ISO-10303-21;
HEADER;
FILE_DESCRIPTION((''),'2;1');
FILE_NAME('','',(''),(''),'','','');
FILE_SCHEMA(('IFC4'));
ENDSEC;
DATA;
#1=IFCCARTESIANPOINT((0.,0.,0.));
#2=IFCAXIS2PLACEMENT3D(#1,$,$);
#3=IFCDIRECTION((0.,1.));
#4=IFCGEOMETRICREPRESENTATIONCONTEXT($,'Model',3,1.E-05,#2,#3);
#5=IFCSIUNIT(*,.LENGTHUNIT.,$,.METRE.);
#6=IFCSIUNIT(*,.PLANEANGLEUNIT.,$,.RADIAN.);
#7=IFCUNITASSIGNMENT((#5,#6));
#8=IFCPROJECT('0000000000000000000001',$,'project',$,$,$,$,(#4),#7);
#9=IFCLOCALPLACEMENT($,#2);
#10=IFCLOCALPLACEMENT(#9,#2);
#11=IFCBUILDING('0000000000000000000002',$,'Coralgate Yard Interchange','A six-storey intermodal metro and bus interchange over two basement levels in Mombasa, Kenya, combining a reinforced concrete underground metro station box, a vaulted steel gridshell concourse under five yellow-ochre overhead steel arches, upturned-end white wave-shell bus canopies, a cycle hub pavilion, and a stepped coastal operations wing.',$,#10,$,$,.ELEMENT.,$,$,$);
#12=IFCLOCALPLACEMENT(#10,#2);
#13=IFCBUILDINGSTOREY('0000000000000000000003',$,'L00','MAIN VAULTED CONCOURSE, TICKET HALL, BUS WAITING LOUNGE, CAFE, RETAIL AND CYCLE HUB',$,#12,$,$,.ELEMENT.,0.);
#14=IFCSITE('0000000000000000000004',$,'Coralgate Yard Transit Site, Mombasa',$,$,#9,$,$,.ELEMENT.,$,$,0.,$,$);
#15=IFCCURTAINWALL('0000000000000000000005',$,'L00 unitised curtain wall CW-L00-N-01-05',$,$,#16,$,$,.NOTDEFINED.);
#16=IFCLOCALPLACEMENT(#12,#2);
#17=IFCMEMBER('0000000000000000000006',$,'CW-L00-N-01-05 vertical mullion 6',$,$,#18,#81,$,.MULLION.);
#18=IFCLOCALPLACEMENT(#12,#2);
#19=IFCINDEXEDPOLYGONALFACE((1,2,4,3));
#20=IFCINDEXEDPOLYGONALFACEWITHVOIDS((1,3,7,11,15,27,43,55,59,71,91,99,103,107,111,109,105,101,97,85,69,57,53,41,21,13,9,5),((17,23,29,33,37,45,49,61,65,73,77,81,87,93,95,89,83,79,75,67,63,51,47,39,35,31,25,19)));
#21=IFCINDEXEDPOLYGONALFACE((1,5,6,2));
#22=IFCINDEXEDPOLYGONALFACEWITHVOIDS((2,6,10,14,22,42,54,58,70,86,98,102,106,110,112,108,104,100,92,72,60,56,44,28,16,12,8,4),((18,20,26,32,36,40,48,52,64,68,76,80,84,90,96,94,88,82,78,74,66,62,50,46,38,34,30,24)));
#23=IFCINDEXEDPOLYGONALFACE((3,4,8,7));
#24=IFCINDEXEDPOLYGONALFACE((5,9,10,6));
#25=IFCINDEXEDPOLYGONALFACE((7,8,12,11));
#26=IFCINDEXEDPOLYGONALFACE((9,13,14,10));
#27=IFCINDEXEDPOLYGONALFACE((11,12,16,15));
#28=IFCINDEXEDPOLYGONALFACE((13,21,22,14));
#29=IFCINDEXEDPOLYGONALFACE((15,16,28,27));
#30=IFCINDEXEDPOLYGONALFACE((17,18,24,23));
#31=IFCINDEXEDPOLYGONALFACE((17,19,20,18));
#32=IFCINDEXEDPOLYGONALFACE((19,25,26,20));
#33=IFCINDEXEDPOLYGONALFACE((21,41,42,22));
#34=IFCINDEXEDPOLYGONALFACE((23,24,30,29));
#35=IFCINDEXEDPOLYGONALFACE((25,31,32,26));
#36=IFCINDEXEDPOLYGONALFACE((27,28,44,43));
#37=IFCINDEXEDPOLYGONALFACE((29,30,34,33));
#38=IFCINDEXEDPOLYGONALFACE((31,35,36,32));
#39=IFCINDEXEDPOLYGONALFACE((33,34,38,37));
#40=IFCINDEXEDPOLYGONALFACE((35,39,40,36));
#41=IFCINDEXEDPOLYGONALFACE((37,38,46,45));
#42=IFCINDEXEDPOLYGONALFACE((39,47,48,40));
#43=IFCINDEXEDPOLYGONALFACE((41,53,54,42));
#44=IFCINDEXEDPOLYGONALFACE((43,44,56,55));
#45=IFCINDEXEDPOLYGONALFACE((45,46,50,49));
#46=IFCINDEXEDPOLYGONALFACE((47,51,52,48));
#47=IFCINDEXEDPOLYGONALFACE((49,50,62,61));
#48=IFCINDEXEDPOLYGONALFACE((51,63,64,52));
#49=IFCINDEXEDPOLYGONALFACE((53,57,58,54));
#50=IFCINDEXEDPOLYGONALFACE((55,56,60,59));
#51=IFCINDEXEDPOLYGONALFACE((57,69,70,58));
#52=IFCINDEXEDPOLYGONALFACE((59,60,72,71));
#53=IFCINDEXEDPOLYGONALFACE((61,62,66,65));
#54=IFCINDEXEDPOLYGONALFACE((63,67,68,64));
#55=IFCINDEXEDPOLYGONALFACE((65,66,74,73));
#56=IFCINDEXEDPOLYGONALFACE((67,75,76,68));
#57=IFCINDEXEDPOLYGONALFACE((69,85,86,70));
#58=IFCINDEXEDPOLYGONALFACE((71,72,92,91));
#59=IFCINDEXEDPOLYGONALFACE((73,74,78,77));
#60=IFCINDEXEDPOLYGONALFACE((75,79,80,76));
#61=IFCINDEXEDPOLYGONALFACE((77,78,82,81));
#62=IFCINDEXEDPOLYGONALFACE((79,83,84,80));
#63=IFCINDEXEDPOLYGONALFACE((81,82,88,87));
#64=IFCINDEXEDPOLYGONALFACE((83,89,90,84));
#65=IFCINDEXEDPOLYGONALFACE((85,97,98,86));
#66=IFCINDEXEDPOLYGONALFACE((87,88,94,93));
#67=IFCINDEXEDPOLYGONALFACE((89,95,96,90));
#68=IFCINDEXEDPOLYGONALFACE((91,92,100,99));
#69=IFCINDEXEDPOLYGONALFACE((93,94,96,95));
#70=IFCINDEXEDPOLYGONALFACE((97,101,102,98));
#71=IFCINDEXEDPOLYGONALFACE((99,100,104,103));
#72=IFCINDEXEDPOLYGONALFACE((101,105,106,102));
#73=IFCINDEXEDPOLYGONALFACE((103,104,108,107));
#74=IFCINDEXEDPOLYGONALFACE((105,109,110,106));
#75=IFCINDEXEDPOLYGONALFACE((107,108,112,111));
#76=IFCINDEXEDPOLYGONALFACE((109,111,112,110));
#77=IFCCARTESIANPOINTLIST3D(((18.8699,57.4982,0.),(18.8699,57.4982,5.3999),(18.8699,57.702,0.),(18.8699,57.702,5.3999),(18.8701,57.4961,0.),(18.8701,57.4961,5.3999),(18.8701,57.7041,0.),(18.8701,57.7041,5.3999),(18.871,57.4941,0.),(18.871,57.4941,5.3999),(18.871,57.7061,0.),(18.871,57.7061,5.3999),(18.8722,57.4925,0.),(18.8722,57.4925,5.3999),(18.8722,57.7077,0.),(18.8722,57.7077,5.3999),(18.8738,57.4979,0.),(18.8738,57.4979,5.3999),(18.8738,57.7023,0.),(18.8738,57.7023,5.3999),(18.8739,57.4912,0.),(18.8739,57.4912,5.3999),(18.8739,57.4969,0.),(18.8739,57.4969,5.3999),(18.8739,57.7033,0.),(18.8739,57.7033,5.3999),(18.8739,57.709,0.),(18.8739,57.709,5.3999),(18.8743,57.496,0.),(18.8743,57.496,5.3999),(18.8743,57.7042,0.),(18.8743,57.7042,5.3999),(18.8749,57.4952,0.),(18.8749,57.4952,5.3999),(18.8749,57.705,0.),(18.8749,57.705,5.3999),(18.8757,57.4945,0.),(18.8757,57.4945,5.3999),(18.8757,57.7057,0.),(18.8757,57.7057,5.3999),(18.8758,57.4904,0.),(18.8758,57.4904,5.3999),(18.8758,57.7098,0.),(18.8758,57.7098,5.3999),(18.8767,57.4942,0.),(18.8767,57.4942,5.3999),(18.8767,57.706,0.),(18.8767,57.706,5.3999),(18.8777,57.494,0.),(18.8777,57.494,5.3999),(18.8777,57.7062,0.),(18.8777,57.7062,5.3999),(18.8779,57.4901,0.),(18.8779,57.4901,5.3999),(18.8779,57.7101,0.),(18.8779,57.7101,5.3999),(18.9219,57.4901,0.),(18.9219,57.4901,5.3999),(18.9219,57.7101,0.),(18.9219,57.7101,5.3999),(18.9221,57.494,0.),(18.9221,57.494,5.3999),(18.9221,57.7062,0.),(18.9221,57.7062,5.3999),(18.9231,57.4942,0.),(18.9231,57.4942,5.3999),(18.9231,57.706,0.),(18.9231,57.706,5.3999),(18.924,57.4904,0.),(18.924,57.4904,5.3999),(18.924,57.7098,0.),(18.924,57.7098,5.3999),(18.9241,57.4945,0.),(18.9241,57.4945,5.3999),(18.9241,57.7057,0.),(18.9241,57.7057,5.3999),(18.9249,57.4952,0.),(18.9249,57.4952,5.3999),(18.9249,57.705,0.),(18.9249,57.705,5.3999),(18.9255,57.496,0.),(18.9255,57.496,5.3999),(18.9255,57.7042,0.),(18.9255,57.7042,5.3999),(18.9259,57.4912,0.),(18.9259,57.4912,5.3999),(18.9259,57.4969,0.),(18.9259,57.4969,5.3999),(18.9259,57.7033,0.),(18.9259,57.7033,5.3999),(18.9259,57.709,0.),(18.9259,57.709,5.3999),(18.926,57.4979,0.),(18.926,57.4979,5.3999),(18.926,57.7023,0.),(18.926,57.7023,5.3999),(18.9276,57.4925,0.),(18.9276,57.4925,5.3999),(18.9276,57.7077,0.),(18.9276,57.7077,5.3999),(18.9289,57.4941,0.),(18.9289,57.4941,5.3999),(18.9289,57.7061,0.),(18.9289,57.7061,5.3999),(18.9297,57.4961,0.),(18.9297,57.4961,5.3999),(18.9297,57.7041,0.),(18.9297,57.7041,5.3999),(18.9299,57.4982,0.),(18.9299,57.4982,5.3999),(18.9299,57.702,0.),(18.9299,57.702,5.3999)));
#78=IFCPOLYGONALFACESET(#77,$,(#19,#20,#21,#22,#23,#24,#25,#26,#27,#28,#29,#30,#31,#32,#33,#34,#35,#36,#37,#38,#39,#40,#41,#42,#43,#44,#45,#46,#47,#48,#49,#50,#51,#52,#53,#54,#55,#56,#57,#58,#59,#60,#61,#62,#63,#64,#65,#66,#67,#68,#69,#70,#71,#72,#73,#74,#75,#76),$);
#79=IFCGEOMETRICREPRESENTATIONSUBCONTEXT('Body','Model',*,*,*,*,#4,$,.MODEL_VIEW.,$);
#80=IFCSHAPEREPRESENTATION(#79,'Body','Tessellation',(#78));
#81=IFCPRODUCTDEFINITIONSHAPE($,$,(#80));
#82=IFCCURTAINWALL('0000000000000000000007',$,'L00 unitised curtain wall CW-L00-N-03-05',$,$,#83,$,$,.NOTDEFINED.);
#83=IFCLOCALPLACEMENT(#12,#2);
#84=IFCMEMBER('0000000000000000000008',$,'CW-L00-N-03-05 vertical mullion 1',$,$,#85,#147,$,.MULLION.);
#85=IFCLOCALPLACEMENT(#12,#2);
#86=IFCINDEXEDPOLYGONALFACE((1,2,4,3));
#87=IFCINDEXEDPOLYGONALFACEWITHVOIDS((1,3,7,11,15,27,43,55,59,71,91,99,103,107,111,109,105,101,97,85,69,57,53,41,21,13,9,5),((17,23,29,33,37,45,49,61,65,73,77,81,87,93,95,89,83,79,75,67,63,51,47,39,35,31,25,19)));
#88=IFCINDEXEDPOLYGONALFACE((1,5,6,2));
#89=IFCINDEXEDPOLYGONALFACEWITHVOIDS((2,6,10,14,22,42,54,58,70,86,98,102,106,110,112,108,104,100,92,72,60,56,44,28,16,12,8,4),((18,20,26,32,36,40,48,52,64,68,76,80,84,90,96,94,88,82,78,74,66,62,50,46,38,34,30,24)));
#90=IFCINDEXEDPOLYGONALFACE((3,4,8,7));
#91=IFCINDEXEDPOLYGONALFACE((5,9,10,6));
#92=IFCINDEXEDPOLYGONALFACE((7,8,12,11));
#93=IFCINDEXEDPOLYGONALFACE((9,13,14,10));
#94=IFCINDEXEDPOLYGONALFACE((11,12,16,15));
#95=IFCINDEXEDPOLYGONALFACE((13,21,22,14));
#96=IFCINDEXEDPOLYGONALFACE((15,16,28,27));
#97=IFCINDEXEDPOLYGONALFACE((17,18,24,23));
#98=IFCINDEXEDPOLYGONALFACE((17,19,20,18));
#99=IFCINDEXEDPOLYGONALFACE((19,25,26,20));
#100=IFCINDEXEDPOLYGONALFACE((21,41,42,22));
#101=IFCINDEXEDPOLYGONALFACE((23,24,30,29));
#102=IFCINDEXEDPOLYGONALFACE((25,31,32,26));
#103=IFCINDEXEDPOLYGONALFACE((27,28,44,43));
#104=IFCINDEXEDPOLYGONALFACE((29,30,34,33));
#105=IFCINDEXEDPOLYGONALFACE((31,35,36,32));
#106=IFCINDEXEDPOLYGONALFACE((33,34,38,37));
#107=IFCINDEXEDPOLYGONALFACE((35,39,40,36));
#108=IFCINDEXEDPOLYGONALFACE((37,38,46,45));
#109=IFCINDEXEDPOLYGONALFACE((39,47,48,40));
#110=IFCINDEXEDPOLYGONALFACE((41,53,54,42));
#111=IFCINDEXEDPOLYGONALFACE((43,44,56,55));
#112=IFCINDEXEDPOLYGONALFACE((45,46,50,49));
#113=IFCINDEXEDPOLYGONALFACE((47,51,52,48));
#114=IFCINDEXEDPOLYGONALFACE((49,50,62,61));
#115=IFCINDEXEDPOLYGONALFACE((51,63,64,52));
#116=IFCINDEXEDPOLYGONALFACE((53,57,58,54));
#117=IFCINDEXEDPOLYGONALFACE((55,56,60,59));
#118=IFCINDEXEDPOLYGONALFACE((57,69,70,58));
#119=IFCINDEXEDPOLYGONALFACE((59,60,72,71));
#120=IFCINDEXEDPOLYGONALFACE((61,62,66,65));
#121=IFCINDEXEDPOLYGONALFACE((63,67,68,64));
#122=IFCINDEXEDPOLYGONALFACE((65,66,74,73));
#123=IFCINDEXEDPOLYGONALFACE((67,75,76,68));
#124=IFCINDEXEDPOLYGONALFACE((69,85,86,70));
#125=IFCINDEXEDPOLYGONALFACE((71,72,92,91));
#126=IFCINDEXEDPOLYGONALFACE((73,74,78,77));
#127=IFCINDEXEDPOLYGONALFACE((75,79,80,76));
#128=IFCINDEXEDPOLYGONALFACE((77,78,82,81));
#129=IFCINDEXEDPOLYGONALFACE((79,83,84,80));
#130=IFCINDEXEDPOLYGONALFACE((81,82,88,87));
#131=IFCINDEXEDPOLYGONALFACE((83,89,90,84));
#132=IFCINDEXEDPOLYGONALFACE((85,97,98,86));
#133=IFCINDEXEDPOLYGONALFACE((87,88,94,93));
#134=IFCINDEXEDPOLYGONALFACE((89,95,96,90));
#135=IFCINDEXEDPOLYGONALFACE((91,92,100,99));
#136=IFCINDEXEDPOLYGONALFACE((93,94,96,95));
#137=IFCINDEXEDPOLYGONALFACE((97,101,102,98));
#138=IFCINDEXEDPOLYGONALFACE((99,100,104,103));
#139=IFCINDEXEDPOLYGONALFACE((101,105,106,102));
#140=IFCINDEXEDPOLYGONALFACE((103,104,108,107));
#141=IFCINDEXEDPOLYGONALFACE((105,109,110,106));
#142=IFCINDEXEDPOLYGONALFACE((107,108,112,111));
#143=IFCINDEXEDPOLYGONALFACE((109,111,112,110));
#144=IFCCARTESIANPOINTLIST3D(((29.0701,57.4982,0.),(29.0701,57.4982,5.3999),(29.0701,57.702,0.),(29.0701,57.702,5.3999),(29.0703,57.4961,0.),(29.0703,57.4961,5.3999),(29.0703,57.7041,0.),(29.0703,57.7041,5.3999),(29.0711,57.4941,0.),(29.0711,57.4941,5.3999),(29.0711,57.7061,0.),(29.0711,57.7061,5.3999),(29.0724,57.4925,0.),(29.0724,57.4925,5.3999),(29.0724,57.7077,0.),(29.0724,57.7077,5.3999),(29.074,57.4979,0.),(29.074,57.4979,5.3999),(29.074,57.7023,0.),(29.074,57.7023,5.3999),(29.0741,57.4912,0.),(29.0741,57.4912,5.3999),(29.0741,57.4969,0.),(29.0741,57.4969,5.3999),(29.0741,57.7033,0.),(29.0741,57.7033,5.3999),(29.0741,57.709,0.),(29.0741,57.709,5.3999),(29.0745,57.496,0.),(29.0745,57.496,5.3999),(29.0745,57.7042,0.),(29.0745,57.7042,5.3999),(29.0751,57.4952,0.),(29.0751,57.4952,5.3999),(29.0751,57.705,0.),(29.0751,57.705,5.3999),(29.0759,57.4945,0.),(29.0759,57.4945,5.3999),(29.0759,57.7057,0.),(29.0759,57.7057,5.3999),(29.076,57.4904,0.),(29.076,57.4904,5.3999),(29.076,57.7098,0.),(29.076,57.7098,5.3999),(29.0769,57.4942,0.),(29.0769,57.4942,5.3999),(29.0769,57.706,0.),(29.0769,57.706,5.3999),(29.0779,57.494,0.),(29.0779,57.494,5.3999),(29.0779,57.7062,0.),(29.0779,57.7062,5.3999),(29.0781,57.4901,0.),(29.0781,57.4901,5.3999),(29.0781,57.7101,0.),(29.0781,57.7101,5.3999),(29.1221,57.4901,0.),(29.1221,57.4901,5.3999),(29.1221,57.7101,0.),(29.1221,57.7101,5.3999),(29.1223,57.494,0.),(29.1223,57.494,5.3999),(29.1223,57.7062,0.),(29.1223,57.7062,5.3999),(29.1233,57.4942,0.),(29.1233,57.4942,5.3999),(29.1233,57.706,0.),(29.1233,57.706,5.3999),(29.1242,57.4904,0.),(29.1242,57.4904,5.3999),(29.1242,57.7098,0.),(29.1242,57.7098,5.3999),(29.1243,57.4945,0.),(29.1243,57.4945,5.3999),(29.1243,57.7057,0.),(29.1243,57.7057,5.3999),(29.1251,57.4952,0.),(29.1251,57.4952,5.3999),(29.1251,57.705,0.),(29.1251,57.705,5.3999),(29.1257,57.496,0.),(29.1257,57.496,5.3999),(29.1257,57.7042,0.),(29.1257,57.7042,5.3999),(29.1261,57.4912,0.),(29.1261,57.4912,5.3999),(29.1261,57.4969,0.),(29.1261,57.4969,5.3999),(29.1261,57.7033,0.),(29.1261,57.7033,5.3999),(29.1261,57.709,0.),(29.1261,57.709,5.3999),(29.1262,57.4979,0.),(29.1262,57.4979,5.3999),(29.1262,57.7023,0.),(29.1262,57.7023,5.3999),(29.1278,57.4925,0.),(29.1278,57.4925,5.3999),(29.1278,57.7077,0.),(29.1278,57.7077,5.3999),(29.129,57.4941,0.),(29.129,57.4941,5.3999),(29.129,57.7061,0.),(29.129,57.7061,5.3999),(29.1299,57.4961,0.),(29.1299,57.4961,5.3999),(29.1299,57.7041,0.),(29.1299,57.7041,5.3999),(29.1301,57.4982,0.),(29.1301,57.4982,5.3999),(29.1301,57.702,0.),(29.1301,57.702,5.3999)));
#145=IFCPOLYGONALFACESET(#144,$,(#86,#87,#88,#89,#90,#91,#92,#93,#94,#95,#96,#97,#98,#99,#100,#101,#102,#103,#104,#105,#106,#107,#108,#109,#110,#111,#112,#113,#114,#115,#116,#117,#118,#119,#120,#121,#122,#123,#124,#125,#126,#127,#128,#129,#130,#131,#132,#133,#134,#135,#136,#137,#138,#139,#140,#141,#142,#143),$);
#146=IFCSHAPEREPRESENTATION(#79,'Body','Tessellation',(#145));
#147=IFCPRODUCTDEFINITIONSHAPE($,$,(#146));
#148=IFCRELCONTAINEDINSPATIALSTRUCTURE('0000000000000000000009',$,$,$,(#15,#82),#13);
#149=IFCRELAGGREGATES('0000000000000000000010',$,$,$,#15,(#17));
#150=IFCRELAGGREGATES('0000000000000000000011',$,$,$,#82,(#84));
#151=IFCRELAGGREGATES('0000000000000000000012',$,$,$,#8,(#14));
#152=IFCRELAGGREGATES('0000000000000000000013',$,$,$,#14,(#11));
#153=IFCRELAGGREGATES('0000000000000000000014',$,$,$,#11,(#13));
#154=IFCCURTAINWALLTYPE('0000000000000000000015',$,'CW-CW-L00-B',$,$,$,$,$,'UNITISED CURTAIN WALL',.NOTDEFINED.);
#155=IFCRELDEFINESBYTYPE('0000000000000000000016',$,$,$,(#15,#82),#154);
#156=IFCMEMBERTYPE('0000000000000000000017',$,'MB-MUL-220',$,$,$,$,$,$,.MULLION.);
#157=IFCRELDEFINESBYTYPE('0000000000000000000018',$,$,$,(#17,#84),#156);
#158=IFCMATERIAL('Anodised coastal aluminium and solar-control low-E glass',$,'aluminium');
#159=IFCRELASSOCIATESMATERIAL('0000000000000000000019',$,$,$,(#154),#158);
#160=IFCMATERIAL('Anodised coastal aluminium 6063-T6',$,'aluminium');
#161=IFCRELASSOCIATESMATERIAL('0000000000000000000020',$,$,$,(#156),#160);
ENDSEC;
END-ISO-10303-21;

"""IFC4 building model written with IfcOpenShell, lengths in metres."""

from ifc_helpers import new_model, si_unit, direction, frame, origin, origin_2d, place, context, subcontext, project, spatial, hollow_rectangle, extrude, material, material_profile, profile_set, type_object, element, aggregate, save


model = new_model("IFC4")

# Units and contexts
model_context = context("Model", 3, precision=1e-05, world=origin(), true_north=direction((0.0, 1.0)))
body_context = subcontext(model_context, "Body", "Model", "MODEL_VIEW")
ifc_project = project(units=[si_unit("LENGTHUNIT", "METRE"), si_unit("PLANEANGLEUNIT", "RADIAN")], contexts=[model_context])

# Site, building, storey
site_placement = place(None, origin())
site = spatial("IfcSite", under=ifc_project, at=site_placement, Name="Coralgate Yard Transit Site, Mombasa", CompositionType="ELEMENT", RefElevation=0.0)
building_placement = place(site_placement, origin())
building = spatial("IfcBuilding", under=site, at=building_placement, Name="Coralgate Yard Interchange", Description="A six-storey intermodal metro and bus interchange over two basement levels in Mombasa, Kenya, combining a reinforced concrete underground metro station box, a vaulted steel gridshell concourse under five yellow-ochre overhead steel arches, upturned-end white wave-shell bus canopies, a cycle hub pavilion, and a stepped coastal operations wing.", CompositionType="ELEMENT")
storey_placement = place(building_placement, origin())
storey = spatial("IfcBuildingStorey", under=building, at=storey_placement, Name="L00", Description="MAIN VAULTED CONCOURSE, TICKET HALL, BUS WAITING LOUNGE, CAFE, RETAIL AND CYCLE HUB", CompositionType="ELEMENT", Elevation=0.0)

# Curtain wall, member
ifc_material_1 = material(Name="Anodised coastal aluminium and solar-control low-E glass", Category="aluminium")
curtain_wall_type = type_object("IfcCurtainWallType", Name="CW-CW-L00-B", ElementType="UNITISED CURTAIN WALL", PredefinedType="NOTDEFINED", material=ifc_material_1)
curtain_wall_1_placement = place(storey_placement, origin())
curtain_wall_1 = element("IfcCurtainWall", 1, at=curtain_wall_1_placement, inside=storey, type_object=curtain_wall_type, Name="L00 unitised curtain wall CW-L00-N-01-05", PredefinedType="NOTDEFINED")
ifc_material_2 = material(Name="Anodised coastal aluminium 6063-T6", Category="aluminium")
ifc_material_profile_1 = material_profile(ifc_material_2, hollow_rectangle(XDim=0.0601, YDim=0.22, WallThickness=0.0039, InnerFilletRadius=0.0039, OuterFilletRadius=0.0081, at=origin_2d()), Name="ALU 60x220x4")
ifc_profile_set_1 = profile_set([ifc_material_profile_1], Name="Anodised coastal aluminium 6063-T6")
member_type_1 = type_object("IfcMemberType", Name="MB-MUL-220", PredefinedType="MULLION", material=ifc_profile_set_1)
member_1_placement = place(storey_placement, frame((18.8999, 57.6001, 0.0), z_axis=(0.0, 0.0, 1.0), x_axis=(1.0, 0.0, 0.0)))
member_1 = element("IfcMember", 2, at=member_1_placement, type_object=member_type_1, Name="CW-L00-N-01-05 vertical mullion 6", PredefinedType="MULLION", context=body_context, shape_type="SweptSolid", body=[
    extrude(hollow_rectangle(XDim=0.0601, YDim=0.22, WallThickness=0.0039, InnerFilletRadius=0.0039, OuterFilletRadius=0.0081, at=origin_2d()), origin(), (0.0, 0.0, 1.0), 5.3999),
])

# Curtain wall, member
curtain_wall_2_placement = place(storey_placement, origin())
curtain_wall_2 = element("IfcCurtainWall", 3, at=curtain_wall_2_placement, inside=storey, type_object=curtain_wall_type, Name="L00 unitised curtain wall CW-L00-N-03-05", PredefinedType="NOTDEFINED")
member_2_placement = place(storey_placement, frame((29.1001, 57.6001, 0.0), z_axis=(0.0, 0.0, 1.0), x_axis=(1.0, 0.0, 0.0)))
member_2 = element("IfcMember", 4, at=member_2_placement, type_object=member_type_1, Name="CW-L00-N-03-05 vertical mullion 1", PredefinedType="MULLION", context=body_context, shape_type="SweptSolid", body=[
    extrude(hollow_rectangle(XDim=0.0601, YDim=0.22, WallThickness=0.0039, InnerFilletRadius=0.0039, OuterFilletRadius=0.0081, at=origin_2d()), origin(), (0.0, 0.0, 1.0), 5.3999),
])

aggregate(curtain_wall_1, [member_1])
aggregate(curtain_wall_2, [member_2])

save(model, "model.ifc")
